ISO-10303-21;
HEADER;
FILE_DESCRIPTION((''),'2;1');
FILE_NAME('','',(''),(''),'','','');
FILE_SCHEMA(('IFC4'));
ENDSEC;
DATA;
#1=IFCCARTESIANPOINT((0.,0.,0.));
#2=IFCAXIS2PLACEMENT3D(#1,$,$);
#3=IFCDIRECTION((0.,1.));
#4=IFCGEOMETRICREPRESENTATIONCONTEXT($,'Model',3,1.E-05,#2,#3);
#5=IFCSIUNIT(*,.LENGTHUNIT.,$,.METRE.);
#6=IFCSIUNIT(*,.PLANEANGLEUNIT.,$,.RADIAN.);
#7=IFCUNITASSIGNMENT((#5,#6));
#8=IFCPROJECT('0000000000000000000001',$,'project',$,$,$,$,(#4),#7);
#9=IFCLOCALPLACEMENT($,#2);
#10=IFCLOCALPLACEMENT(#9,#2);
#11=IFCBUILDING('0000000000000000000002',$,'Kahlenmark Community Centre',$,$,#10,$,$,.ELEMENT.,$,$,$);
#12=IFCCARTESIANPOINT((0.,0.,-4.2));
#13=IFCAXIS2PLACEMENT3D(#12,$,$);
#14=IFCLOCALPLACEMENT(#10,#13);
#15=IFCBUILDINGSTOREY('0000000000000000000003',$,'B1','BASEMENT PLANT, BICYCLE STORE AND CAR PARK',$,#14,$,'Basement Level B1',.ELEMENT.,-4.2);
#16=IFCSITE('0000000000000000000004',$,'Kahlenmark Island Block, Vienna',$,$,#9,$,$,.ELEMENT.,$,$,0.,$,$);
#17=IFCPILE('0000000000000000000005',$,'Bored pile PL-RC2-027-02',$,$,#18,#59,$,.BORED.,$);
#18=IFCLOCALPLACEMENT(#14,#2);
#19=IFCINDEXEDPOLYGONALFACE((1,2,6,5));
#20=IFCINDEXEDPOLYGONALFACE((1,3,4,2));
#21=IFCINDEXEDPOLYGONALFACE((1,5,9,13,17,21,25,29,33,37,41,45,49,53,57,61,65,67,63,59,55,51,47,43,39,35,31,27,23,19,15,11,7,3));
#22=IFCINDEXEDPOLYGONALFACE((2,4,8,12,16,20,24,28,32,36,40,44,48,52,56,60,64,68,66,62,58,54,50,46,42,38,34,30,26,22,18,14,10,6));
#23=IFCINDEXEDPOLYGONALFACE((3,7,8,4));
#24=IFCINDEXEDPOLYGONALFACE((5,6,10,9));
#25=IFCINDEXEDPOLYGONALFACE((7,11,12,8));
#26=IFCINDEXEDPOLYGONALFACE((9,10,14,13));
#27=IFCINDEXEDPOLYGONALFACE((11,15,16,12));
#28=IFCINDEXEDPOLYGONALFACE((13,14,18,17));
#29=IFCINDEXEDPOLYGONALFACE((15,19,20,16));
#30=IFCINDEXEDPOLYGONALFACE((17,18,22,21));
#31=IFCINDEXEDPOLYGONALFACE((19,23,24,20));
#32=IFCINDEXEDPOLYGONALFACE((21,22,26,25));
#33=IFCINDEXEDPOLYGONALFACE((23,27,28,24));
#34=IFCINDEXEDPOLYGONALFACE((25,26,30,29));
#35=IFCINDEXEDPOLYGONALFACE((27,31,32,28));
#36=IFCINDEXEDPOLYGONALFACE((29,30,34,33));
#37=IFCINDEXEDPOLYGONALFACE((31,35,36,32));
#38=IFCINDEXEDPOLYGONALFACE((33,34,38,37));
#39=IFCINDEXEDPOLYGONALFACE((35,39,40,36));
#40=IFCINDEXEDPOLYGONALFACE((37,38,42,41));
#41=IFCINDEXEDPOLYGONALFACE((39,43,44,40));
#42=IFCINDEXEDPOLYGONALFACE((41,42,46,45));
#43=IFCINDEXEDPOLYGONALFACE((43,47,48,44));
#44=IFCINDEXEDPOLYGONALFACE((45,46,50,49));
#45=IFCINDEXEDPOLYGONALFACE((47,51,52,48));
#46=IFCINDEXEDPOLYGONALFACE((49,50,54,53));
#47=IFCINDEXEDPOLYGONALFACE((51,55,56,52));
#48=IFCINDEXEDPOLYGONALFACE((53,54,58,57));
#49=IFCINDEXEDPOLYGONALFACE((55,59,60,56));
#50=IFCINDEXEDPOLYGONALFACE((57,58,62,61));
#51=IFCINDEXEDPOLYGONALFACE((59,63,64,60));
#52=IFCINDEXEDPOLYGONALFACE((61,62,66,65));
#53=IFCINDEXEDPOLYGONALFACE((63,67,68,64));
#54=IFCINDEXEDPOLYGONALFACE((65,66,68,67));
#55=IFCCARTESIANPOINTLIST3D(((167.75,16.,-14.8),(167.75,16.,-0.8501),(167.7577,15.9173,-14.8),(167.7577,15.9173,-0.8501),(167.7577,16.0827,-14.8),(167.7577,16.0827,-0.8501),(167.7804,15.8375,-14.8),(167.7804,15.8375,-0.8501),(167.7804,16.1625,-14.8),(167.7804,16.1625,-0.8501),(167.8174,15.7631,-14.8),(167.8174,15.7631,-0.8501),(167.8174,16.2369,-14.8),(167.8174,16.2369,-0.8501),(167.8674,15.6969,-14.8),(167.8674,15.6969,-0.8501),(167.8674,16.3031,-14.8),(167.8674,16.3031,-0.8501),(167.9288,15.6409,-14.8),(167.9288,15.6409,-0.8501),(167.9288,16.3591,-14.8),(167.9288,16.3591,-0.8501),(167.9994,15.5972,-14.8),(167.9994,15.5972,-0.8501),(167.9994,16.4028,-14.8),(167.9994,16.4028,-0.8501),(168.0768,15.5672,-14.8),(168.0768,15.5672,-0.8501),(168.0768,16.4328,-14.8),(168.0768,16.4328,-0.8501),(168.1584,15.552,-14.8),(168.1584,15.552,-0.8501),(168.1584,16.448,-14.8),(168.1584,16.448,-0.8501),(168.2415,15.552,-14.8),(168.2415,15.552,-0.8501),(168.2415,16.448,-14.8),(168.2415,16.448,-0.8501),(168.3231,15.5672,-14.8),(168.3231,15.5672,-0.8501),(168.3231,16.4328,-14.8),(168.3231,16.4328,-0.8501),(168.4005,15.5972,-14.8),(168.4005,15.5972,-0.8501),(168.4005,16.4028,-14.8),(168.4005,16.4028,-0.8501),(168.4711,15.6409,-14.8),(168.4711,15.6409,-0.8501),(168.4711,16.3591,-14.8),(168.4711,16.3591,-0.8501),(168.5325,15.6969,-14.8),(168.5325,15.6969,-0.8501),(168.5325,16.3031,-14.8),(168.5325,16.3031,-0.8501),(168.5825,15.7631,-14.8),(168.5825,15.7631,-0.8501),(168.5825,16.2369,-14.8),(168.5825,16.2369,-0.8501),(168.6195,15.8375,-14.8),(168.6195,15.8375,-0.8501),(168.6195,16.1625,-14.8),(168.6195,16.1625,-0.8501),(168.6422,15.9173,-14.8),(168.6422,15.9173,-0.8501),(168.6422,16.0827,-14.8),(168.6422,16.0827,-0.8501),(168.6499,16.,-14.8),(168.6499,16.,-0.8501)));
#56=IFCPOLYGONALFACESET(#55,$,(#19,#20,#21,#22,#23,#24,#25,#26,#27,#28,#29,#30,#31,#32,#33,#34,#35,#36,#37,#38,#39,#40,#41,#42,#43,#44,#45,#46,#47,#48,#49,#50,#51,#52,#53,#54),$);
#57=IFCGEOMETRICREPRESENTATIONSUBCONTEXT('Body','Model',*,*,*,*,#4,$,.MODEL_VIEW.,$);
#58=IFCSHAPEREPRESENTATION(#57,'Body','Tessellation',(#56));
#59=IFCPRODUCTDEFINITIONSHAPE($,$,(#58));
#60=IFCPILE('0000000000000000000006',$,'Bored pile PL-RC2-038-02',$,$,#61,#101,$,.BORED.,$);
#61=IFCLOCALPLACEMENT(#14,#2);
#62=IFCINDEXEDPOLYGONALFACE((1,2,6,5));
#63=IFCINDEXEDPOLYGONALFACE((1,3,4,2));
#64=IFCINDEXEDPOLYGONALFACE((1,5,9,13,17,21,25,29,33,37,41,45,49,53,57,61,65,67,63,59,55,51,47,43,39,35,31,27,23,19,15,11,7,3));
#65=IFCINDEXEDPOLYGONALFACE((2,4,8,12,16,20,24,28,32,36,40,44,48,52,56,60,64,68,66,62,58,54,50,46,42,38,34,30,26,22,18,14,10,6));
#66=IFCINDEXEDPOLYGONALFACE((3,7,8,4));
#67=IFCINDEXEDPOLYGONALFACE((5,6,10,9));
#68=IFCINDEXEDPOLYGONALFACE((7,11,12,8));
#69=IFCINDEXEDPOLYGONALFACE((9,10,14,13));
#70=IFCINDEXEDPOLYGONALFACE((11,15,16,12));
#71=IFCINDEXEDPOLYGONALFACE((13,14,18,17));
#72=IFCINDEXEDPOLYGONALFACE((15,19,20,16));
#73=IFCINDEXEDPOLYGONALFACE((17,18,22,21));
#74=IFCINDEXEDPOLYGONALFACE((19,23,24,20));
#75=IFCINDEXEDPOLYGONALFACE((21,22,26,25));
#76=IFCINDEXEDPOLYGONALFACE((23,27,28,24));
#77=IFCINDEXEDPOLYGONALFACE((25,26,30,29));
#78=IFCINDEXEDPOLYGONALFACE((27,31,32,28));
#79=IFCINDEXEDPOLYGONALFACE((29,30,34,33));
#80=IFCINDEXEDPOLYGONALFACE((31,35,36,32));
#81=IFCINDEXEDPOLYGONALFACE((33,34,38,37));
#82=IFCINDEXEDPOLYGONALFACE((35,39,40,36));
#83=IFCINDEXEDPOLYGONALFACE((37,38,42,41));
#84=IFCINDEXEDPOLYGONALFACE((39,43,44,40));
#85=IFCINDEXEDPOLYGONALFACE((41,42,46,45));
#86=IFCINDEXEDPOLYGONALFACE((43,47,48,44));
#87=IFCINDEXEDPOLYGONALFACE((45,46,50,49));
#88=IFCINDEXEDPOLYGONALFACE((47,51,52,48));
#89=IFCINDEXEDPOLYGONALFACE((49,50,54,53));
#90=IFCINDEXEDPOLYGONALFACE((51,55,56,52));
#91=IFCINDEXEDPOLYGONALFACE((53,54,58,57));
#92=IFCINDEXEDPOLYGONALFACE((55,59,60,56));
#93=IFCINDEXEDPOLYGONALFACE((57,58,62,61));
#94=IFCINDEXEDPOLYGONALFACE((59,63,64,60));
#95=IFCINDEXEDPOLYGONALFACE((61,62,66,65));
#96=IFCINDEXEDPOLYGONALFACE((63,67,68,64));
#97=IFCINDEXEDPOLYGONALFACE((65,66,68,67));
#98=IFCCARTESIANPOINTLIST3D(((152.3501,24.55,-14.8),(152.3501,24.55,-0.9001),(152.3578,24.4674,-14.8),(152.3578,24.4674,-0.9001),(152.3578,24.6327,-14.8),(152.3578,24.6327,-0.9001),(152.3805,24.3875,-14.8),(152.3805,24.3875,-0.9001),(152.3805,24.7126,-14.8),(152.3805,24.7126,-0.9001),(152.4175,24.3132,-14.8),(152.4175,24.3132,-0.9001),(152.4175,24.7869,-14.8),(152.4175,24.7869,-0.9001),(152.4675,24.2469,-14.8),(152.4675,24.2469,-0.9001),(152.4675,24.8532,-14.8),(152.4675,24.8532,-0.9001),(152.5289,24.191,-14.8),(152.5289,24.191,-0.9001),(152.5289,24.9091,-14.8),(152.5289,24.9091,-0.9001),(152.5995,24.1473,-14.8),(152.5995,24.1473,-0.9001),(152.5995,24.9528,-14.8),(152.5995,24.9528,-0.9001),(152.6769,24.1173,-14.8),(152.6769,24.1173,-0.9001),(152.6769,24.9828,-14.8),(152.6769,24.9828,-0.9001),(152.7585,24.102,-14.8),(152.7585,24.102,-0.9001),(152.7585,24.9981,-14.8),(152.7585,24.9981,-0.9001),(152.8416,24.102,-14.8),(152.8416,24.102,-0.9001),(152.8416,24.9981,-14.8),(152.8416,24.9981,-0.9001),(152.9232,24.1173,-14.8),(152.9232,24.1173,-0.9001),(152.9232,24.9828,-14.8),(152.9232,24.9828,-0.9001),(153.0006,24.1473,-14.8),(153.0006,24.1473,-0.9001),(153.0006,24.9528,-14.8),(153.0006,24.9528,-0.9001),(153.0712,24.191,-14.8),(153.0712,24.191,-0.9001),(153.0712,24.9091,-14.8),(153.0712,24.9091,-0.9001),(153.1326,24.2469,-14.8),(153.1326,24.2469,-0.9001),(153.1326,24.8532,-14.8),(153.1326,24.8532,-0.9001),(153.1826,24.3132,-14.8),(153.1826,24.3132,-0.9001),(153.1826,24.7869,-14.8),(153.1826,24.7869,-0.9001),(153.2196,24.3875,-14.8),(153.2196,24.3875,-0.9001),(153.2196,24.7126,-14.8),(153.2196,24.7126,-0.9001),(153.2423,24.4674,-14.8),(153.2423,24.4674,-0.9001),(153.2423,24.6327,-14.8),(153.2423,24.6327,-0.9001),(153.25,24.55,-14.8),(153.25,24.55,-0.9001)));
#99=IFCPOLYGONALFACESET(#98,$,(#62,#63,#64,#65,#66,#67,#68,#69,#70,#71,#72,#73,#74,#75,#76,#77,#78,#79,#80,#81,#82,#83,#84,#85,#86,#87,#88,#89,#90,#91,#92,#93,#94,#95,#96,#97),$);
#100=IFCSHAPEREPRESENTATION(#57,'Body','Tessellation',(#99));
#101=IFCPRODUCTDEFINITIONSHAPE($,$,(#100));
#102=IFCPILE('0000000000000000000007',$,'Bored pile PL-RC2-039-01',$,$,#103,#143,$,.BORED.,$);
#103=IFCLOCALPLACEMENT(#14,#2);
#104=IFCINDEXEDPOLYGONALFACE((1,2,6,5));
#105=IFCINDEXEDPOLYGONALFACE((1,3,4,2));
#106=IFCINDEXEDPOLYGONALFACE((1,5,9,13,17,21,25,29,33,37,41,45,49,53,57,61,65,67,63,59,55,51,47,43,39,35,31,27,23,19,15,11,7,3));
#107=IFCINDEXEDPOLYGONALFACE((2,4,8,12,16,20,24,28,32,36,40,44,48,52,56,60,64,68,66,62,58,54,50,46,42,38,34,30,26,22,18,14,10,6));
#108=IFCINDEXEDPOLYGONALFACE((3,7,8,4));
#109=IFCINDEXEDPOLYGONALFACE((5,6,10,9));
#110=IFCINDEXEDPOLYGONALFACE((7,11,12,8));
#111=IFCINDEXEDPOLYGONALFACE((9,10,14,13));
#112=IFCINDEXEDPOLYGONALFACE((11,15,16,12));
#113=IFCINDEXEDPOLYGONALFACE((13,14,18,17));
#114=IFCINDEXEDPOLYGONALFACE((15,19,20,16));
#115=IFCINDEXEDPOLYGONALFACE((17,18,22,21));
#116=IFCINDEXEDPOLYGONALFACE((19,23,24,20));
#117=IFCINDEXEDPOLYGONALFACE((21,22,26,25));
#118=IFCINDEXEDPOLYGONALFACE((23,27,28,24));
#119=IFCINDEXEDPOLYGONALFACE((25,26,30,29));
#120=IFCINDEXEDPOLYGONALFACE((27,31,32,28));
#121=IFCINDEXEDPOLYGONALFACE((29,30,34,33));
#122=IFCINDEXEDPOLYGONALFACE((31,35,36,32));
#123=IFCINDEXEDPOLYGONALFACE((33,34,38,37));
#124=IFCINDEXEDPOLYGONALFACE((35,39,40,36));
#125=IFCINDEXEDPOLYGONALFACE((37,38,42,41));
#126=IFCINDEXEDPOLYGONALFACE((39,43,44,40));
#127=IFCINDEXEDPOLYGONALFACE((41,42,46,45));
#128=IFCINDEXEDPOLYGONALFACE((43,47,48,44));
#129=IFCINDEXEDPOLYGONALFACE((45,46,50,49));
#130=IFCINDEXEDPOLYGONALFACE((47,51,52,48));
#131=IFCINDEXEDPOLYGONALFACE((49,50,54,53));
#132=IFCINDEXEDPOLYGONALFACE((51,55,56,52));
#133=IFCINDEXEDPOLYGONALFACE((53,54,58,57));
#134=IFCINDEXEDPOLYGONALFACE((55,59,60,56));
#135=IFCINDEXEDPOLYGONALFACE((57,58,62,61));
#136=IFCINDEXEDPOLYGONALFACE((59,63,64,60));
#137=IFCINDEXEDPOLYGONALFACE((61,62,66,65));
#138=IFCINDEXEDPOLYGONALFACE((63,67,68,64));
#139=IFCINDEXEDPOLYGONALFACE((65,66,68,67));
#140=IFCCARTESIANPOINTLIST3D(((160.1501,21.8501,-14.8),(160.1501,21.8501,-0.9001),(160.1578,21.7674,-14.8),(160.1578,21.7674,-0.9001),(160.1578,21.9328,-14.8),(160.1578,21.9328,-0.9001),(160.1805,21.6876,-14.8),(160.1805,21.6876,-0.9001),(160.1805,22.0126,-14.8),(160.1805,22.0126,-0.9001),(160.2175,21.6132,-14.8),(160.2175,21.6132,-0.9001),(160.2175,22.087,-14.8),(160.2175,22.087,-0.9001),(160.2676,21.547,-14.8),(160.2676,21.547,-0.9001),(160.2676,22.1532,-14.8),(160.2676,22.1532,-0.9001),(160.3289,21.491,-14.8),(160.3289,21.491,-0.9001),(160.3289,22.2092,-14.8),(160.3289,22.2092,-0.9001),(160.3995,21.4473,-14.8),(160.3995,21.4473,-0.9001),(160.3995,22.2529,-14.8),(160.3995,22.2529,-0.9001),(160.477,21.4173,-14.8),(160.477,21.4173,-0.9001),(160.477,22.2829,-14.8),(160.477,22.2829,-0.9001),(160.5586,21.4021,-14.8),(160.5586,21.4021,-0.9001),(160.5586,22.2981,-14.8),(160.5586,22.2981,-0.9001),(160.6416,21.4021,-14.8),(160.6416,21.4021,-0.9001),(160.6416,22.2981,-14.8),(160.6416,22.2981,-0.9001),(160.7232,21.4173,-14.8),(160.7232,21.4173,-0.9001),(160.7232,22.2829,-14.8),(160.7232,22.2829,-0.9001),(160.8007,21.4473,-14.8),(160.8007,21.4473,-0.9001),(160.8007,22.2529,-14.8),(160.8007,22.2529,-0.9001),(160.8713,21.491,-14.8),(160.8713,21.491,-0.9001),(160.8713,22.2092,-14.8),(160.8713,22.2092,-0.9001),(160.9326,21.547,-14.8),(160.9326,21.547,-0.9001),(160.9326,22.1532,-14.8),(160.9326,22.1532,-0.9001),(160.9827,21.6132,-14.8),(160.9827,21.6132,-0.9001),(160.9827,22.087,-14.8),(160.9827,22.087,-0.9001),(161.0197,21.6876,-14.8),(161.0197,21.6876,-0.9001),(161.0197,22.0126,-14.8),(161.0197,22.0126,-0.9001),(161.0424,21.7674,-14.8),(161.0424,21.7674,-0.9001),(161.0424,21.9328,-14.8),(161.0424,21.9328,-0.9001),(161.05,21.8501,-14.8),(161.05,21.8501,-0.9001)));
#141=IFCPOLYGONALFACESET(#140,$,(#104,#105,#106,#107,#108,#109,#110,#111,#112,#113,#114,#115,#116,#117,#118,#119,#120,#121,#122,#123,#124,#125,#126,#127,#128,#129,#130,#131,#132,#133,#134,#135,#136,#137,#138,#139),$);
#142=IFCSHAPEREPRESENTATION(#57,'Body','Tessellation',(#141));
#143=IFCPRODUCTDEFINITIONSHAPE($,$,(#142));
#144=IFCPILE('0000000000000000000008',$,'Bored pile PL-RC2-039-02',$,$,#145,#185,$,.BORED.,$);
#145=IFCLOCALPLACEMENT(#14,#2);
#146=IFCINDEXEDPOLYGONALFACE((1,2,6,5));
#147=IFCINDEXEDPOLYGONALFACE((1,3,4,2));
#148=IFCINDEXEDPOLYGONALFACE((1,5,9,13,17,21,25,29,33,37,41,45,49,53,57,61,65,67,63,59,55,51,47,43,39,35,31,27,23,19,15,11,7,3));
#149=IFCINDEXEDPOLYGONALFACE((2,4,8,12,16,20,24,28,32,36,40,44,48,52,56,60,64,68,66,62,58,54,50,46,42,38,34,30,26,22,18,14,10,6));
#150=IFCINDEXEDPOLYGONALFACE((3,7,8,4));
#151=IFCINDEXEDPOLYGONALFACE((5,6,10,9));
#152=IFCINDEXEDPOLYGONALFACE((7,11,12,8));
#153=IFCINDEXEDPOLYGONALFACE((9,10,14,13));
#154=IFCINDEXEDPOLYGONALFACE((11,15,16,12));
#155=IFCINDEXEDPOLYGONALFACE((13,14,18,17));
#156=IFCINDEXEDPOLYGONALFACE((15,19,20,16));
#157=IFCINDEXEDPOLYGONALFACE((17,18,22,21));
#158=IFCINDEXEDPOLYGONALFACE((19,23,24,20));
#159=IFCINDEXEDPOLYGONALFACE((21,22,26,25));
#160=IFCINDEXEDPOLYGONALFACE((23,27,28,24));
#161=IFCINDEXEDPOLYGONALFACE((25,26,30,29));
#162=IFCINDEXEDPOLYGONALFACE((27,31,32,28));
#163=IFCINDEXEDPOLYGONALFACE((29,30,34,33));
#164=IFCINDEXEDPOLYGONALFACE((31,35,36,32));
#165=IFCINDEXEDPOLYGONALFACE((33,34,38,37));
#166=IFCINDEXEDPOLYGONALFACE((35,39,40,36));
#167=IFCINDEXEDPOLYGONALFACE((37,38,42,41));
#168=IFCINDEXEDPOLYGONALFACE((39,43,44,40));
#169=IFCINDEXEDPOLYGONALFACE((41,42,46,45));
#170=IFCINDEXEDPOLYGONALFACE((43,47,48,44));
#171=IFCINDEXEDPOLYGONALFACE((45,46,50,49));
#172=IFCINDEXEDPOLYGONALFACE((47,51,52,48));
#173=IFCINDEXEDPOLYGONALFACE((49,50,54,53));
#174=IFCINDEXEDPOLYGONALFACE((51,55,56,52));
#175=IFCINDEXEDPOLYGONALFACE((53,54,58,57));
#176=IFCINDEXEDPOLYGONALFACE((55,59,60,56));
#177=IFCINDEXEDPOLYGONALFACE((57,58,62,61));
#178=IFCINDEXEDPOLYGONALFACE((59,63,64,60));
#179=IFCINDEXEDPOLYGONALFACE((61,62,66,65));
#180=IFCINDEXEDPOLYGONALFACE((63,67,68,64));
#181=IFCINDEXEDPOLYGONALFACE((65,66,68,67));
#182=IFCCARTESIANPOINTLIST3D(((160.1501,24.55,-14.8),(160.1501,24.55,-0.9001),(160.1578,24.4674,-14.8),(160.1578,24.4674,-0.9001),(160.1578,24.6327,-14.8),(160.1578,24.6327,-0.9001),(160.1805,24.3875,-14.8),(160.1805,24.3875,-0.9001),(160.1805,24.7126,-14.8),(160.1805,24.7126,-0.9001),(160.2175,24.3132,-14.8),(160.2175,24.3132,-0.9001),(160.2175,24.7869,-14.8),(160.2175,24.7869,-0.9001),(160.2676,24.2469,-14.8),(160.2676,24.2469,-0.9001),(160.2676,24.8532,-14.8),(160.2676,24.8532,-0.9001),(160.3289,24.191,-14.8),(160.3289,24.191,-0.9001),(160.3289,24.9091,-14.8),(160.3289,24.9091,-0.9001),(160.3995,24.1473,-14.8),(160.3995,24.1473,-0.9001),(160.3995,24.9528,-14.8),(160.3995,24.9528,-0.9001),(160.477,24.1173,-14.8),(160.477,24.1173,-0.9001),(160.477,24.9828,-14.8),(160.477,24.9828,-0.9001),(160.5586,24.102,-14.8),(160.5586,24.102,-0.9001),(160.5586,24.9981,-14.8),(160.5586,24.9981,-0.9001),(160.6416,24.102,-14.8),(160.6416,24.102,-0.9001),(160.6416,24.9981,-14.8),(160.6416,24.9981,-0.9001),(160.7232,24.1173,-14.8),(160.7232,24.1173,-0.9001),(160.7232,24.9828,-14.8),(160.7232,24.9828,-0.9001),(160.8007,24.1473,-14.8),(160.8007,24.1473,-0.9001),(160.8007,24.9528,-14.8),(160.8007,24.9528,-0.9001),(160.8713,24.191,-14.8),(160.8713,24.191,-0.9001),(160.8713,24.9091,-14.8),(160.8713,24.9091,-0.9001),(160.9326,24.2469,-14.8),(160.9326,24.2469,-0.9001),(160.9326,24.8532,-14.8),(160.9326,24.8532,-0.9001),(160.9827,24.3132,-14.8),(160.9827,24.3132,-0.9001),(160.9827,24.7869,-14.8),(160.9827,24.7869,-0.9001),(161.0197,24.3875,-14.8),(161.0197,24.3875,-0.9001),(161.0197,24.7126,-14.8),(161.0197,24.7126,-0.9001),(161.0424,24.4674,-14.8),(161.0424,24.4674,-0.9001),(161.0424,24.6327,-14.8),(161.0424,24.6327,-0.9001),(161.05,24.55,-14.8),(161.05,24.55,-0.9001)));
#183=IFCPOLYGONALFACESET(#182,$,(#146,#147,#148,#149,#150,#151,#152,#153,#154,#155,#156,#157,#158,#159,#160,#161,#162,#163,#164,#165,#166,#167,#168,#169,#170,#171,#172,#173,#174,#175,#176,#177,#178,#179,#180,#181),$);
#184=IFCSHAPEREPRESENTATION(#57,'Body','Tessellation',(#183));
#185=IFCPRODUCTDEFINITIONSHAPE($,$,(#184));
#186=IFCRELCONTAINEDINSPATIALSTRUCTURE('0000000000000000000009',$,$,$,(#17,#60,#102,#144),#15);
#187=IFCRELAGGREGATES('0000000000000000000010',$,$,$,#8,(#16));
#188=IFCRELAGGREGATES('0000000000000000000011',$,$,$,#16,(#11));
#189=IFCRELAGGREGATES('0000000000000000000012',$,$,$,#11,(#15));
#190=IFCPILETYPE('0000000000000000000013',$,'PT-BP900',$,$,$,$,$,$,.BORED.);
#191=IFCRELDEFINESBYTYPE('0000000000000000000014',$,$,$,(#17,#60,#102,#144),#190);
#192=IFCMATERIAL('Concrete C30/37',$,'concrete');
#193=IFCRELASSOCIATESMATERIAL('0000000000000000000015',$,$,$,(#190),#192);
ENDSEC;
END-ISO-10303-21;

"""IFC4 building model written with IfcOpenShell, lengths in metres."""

from ifc_helpers import new_model, si_unit, direction, frame, origin, origin_2d, place, context, subcontext, project, spatial, circle, extrude, material, material_profile, profile_set, type_object, element, save


model = new_model("IFC4")

# Units and contexts
model_context = context("Model", 3, precision=1e-05, world=origin(), true_north=direction((0.0, 1.0)))
body_context = subcontext(model_context, "Body", "Model", "MODEL_VIEW")
ifc_project = project(units=[si_unit("LENGTHUNIT", "METRE"), si_unit("PLANEANGLEUNIT", "RADIAN")], contexts=[model_context])

# Site, building, storey
site_placement = place(None, origin())
site = spatial("IfcSite", under=ifc_project, at=site_placement, Name="Kahlenmark Island Block, Vienna", CompositionType="ELEMENT", RefElevation=0.0)
building_placement = place(site_placement, origin())
building = spatial("IfcBuilding", under=site, at=building_placement, Name="Kahlenmark Community Centre", CompositionType="ELEMENT")
storey_placement = place(building_placement, frame((0.0, 0.0, -4.2)))
storey = spatial("IfcBuildingStorey", under=building, at=storey_placement, Name="B1", Description="BASEMENT PLANT, BICYCLE STORE AND CAR PARK", LongName="Basement Level B1", CompositionType="ELEMENT", Elevation=-4.2)

# Shared definitions
ifc_material_1 = material(Name="Concrete C30/37", Category="concrete")

# Piles
ifc_material_profile_1 = material_profile(ifc_material_1, circle(Radius=0.45, at=origin_2d()), Name="BORED PILE 900")
ifc_profile_set_1 = profile_set([ifc_material_profile_1], Name="Concrete C30/37")
pile_type = type_object("IfcPileType", Name="PT-BP900", PredefinedType="BORED", material=ifc_profile_set_1)
for number, where, z_axis, x_axis, name in (
    (1, (168.2, 16.0, -0.8501), (0.0, 0.0, -1.0), (1.0, 0.0, 0.0), "Bored pile PL-RC2-027-02"),
):
    element("IfcPile", number, at=place(storey_placement, frame(where, z_axis=z_axis, x_axis=x_axis)), inside=storey, type_object=pile_type, Name=name, PredefinedType="BORED", context=body_context, shape_type="SweptSolid", body=[
        extrude(circle(Radius=0.45, at=origin_2d()), origin(), (0.0, 0.0, 1.0), 13.95),
    ])
for number, where, z_axis, x_axis, name in (
    (2, (152.8, 24.55, -0.9001), (0.0, 0.0, -1.0), (1.0, 0.0, 0.0), "Bored pile PL-RC2-038-02"),
    (3, (160.6001, 21.8501, -0.9001), (0.0, 0.0, -1.0), (1.0, 0.0, 0.0), "Bored pile PL-RC2-039-01"),
    (4, (160.6001, 24.55, -0.9001), (0.0, 0.0, -1.0), (1.0, 0.0, 0.0), "Bored pile PL-RC2-039-02"),
):
    element("IfcPile", number, at=place(storey_placement, frame(where, z_axis=z_axis, x_axis=x_axis)), inside=storey, type_object=pile_type, Name=name, PredefinedType="BORED", context=body_context, shape_type="SweptSolid", body=[
        extrude(circle(Radius=0.45, at=origin_2d()), origin(), (0.0, 0.0, 1.0), 13.8999),
    ])

save(model, "model.ifc")
